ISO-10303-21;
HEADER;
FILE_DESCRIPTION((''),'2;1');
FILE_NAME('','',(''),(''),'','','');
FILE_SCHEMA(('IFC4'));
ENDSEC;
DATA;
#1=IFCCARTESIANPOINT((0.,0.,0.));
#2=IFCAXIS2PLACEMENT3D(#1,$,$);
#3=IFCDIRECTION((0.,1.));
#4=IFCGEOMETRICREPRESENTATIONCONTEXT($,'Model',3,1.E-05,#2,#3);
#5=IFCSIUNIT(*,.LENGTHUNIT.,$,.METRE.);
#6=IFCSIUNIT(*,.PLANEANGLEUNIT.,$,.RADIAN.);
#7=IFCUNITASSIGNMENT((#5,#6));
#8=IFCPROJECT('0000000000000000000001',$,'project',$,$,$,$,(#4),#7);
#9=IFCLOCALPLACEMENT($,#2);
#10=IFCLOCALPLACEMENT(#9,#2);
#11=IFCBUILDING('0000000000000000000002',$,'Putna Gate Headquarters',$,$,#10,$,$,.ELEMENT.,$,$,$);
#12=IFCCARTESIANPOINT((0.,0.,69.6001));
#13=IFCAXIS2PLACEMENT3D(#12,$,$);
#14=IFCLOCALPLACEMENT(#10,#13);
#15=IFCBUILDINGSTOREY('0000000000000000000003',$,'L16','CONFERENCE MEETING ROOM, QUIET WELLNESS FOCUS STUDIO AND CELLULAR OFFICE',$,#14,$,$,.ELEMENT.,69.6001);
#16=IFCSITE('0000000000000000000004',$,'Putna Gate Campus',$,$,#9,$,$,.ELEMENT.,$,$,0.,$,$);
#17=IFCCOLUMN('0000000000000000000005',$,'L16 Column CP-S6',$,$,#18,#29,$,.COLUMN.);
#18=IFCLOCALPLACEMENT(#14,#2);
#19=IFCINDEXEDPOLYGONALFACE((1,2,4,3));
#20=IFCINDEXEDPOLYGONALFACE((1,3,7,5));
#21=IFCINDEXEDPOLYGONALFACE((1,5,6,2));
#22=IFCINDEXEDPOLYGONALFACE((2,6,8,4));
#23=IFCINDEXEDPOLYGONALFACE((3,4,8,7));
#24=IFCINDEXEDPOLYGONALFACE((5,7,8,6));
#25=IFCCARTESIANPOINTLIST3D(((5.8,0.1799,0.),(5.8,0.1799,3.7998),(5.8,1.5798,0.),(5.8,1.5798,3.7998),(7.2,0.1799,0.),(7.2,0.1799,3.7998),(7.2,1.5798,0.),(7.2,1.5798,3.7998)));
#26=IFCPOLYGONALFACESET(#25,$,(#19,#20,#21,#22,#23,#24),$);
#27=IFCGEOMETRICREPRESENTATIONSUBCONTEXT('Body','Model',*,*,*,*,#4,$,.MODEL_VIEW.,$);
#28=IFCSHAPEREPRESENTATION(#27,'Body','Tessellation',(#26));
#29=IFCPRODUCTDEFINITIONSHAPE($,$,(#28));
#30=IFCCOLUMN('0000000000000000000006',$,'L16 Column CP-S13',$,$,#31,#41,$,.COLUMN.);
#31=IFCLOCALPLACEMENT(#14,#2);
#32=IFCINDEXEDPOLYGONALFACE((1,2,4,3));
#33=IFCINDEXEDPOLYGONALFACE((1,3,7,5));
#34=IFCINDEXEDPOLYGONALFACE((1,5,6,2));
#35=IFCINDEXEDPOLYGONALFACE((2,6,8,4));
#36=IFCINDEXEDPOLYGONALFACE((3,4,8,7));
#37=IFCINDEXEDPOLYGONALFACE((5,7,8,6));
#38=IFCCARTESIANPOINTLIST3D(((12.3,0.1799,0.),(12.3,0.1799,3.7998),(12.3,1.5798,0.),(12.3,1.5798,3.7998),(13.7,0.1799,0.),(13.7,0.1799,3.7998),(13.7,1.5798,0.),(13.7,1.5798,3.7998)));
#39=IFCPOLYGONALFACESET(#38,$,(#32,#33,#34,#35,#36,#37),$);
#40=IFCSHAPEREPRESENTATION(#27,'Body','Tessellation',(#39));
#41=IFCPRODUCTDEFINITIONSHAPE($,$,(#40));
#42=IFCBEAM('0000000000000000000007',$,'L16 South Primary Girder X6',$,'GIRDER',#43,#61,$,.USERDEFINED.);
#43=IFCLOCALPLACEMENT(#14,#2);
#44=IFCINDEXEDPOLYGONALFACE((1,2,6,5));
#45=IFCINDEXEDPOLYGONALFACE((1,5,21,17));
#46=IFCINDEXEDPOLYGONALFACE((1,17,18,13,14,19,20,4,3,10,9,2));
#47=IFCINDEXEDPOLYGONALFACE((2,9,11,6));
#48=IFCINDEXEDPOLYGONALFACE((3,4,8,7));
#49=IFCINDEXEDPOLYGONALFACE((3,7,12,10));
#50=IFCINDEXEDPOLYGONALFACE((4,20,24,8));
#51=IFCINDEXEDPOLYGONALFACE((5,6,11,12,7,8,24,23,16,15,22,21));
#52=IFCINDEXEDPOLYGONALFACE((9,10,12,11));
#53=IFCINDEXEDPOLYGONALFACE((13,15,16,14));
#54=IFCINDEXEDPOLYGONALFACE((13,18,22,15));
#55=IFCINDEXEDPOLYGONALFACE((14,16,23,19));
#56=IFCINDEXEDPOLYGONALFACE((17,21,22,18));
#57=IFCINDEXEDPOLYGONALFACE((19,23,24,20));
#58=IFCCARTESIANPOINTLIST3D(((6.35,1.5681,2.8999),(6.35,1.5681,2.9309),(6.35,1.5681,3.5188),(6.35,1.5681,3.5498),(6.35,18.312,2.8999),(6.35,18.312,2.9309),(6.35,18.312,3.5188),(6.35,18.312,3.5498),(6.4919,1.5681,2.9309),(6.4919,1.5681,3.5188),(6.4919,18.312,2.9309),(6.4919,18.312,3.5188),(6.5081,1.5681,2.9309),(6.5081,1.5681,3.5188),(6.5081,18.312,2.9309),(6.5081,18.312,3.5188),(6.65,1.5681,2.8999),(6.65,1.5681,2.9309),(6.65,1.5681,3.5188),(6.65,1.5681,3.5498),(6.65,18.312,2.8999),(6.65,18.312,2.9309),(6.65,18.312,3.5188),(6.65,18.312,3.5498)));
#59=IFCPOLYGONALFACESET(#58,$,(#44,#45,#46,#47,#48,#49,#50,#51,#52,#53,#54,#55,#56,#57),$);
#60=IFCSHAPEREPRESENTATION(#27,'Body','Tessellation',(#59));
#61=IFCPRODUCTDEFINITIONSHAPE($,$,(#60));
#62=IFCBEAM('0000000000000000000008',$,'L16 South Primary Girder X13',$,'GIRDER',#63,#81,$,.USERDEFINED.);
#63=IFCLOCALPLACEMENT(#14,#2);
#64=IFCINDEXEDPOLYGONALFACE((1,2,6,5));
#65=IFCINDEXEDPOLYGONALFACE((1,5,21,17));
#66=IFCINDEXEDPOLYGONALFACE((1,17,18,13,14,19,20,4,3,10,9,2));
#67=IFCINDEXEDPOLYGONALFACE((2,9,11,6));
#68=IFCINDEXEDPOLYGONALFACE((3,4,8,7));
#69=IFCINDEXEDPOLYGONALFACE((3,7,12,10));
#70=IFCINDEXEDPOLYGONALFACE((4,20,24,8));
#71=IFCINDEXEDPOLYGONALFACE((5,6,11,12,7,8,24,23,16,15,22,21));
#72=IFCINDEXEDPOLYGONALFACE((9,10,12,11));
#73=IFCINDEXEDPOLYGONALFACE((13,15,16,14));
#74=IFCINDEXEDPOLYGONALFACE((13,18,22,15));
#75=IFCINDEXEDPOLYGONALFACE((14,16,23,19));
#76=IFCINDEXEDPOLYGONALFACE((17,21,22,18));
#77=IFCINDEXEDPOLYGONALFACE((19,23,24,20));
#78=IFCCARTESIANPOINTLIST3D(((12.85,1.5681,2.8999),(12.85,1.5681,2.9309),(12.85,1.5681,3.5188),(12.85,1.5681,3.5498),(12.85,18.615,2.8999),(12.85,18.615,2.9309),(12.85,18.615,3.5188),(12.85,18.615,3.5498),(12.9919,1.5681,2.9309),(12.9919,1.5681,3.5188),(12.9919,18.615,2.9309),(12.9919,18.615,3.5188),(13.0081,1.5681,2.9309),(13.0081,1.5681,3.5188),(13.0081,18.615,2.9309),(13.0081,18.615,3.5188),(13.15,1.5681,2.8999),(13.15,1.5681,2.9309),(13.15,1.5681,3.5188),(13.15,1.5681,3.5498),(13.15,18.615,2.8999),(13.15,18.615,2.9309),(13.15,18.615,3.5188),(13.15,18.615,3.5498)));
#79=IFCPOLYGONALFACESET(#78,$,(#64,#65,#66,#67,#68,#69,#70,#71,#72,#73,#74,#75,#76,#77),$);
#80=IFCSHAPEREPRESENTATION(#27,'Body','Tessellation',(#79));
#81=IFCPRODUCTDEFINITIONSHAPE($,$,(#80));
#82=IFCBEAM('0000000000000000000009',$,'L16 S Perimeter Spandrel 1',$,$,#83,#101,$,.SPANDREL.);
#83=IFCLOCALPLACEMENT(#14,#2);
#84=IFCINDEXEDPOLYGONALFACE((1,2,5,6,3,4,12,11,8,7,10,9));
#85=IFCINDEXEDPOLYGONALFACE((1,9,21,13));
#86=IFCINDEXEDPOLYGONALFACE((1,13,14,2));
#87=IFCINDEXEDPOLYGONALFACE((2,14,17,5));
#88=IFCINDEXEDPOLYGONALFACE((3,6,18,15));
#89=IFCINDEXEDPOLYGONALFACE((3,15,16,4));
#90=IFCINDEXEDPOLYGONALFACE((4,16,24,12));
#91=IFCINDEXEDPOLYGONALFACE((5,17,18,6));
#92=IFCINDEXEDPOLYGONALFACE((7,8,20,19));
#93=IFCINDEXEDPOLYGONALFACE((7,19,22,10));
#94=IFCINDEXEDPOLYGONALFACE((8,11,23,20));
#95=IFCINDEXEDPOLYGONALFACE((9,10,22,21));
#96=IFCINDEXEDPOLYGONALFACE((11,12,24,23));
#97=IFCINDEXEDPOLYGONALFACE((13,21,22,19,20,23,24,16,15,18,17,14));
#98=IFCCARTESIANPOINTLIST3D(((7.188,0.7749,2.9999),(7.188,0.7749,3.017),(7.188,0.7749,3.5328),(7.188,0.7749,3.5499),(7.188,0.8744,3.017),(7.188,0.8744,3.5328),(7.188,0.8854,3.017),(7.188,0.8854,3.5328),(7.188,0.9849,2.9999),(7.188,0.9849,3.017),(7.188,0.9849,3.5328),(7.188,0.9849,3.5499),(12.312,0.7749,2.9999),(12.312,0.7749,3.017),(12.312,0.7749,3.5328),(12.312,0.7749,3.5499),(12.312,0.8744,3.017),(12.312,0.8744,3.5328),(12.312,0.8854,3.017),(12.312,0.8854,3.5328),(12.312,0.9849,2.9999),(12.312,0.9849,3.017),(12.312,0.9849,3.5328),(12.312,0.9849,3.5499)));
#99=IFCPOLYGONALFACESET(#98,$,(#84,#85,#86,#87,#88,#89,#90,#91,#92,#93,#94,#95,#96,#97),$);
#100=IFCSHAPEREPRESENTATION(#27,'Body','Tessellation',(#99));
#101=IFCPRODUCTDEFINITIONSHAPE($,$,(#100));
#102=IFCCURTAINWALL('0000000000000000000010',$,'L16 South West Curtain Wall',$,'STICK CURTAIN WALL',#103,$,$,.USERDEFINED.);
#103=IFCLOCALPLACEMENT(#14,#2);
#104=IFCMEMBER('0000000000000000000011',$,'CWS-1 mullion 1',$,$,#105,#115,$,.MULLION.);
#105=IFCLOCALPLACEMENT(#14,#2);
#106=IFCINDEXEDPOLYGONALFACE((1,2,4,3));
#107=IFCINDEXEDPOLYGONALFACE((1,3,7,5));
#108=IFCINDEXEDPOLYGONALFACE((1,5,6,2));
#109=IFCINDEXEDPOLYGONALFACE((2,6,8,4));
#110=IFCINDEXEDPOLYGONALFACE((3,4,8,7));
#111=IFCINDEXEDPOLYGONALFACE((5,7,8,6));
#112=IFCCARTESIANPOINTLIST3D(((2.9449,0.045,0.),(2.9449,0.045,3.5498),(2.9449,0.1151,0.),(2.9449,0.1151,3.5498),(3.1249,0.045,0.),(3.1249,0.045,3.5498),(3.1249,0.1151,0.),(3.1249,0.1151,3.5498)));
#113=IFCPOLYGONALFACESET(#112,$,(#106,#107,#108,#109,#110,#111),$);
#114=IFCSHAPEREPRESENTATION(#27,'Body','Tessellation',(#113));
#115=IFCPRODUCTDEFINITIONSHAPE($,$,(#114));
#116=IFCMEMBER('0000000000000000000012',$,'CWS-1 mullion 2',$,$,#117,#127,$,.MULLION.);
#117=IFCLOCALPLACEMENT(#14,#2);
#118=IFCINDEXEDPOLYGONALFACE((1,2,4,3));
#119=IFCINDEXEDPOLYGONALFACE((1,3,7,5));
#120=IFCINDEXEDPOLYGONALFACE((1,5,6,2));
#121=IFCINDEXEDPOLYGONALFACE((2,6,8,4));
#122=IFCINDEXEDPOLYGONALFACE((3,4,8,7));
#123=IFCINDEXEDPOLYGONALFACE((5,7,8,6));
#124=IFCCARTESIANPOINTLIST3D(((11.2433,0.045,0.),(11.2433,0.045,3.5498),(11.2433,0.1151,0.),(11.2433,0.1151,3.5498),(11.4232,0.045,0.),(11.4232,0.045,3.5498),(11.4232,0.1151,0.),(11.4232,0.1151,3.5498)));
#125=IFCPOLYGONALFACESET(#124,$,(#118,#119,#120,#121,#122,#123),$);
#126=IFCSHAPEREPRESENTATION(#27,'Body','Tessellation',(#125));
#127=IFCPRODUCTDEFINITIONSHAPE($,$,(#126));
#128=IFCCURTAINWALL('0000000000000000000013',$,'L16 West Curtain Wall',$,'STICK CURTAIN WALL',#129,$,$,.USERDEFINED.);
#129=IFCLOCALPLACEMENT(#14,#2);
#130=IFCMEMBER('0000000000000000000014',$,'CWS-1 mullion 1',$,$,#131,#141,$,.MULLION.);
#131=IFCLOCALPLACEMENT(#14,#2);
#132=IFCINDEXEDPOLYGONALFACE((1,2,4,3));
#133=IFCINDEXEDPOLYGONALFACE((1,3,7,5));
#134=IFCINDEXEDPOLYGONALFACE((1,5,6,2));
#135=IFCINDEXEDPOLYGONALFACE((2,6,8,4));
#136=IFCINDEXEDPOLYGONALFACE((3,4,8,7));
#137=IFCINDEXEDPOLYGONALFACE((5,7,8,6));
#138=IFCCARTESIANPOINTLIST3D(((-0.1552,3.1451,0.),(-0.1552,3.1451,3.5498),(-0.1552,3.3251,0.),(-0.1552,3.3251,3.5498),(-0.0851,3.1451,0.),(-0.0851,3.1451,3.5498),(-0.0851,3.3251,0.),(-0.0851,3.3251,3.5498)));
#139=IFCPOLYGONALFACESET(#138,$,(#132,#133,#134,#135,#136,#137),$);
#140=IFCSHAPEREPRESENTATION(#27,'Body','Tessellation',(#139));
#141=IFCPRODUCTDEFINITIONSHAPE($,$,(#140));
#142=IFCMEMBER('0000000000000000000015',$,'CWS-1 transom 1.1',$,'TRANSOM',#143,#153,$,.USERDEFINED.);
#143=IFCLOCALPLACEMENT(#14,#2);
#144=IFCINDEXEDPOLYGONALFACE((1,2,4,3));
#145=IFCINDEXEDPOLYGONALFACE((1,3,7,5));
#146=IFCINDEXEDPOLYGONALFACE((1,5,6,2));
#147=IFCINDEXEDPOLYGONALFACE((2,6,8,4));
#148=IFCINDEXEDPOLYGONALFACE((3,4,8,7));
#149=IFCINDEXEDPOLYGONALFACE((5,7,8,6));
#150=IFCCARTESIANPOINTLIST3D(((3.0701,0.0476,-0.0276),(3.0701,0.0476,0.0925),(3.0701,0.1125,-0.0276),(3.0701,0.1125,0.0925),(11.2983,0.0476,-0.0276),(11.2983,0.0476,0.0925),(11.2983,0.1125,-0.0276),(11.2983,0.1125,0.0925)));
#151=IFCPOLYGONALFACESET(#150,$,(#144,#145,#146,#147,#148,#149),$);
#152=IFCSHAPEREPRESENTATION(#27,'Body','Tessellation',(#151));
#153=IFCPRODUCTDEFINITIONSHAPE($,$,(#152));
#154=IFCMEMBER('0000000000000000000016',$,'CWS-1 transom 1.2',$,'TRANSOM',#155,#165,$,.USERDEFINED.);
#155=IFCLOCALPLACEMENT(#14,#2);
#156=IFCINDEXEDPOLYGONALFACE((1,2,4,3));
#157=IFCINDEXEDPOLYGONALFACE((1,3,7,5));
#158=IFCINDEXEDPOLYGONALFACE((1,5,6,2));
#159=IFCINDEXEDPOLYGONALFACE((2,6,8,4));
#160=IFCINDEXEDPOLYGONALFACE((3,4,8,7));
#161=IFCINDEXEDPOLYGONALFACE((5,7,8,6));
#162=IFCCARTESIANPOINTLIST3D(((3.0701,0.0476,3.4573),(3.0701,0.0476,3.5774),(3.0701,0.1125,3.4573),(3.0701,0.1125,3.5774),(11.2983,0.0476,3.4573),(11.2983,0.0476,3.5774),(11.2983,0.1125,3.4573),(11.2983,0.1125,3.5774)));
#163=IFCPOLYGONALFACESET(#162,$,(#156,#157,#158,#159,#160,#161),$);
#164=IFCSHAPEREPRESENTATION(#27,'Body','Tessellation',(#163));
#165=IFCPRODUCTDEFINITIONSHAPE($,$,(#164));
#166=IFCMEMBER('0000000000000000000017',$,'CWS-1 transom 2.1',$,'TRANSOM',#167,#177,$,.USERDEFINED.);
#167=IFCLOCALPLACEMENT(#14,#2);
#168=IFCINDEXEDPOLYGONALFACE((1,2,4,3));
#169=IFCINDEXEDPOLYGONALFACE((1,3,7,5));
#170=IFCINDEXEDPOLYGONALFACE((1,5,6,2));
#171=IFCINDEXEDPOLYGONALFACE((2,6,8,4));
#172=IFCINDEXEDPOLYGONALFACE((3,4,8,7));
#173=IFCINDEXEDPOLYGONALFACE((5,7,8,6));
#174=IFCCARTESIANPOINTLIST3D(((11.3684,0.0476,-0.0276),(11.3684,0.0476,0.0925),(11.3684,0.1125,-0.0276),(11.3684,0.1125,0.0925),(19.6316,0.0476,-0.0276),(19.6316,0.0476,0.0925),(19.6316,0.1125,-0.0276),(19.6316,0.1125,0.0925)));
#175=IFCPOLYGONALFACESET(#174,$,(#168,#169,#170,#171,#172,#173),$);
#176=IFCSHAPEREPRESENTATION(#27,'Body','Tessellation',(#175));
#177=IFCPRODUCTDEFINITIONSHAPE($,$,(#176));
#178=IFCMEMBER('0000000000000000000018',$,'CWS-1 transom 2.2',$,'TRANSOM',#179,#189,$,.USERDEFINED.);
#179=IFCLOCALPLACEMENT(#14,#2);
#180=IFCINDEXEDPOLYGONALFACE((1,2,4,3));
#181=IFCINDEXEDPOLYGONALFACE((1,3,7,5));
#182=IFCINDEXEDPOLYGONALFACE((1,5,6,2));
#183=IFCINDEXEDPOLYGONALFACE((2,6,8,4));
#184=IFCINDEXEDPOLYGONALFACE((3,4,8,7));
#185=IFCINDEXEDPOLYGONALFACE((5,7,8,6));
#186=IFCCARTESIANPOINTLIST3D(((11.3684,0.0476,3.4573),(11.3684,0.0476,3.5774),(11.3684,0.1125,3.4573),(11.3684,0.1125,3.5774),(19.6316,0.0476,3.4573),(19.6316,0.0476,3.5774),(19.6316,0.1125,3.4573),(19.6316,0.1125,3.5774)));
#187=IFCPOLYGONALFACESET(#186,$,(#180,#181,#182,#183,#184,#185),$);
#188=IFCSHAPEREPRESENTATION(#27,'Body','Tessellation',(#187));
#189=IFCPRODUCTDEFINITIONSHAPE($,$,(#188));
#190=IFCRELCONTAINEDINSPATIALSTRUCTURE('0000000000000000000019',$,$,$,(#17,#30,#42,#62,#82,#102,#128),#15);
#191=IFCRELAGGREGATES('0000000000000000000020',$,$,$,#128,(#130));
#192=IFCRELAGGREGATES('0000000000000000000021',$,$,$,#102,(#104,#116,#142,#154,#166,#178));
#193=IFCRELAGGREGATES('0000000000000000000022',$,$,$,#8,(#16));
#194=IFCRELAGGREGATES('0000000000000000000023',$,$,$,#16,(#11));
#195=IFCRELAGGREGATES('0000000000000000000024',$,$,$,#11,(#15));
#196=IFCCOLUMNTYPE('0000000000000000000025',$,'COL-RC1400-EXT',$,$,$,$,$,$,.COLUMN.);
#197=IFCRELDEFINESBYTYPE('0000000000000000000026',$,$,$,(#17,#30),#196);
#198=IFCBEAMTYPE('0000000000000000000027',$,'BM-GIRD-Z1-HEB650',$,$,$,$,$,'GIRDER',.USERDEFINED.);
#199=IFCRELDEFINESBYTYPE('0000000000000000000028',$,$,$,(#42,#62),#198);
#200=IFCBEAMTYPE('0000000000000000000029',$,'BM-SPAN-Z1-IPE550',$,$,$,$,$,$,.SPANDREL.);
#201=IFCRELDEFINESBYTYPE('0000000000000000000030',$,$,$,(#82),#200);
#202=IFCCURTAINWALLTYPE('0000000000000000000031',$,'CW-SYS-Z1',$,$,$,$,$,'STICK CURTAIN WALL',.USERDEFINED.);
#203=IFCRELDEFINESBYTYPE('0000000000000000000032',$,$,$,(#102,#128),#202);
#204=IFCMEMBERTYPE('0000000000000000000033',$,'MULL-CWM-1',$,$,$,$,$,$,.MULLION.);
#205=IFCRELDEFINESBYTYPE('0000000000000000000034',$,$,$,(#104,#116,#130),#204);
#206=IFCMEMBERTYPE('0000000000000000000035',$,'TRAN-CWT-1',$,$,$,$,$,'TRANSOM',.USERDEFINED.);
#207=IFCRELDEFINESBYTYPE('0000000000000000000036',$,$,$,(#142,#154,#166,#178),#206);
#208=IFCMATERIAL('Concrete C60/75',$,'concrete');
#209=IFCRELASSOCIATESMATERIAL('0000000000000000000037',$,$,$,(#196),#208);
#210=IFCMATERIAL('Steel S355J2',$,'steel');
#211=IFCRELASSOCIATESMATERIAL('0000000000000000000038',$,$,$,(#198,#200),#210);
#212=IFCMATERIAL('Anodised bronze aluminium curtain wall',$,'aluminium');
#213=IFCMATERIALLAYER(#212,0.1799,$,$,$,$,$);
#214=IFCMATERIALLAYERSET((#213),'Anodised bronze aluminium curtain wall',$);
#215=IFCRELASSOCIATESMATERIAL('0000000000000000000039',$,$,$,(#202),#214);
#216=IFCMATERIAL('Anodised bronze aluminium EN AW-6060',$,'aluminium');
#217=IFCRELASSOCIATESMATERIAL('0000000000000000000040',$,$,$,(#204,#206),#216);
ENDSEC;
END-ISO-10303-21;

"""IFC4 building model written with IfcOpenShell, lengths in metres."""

from ifc_helpers import new_model, si_unit, direction, frame, origin, origin_2d, place, context, subcontext, project, spatial, rectangle, i_section, extrude, material, layer, layer_set, material_profile, profile_set, type_object, element, aggregate, save


model = new_model("IFC4")

# Units and contexts
model_context = context("Model", 3, precision=1e-05, world=origin(), true_north=direction((0.0, 1.0)))
body_context = subcontext(model_context, "Body", "Model", "MODEL_VIEW")
ifc_project = project(units=[si_unit("LENGTHUNIT", "METRE"), si_unit("PLANEANGLEUNIT", "RADIAN")], contexts=[model_context])

# Site, building, storey
site_placement = place(None, origin())
site = spatial("IfcSite", under=ifc_project, at=site_placement, Name="Putna Gate Campus", CompositionType="ELEMENT", RefElevation=0.0)
building_placement = place(site_placement, origin())
building = spatial("IfcBuilding", under=site, at=building_placement, Name="Putna Gate Headquarters", CompositionType="ELEMENT")
storey_placement = place(building_placement, frame((0.0, 0.0, 69.6001)))
storey = spatial("IfcBuildingStorey", under=building, at=storey_placement, Name="L16", Description="CONFERENCE MEETING ROOM, QUIET WELLNESS FOCUS STUDIO AND CELLULAR OFFICE", CompositionType="ELEMENT", Elevation=69.6001)

# Columns
ifc_material_1 = material(Name="Concrete C60/75", Category="concrete")
ifc_material_profile_1 = material_profile(ifc_material_1, rectangle(XDim=1.3999, YDim=1.3999, at=origin_2d()), Name="Concrete C60/75")
ifc_profile_set_1 = profile_set([ifc_material_profile_1], Name="Concrete C60/75")
column_type = type_object("IfcColumnType", Name="COL-RC1400-EXT", PredefinedType="COLUMN", material=ifc_profile_set_1)
for number, where, z_axis, x_axis, name in (
    (1, (6.5, 0.8799, 0.0), (0.0, 0.0, 1.0), (1.0, 0.0, 0.0), "L16 Column CP-S6"),
    (2, (13.0, 0.8799, 0.0), (0.0, 0.0, 1.0), (1.0, 0.0, 0.0), "L16 Column CP-S13"),
):
    element("IfcColumn", number, at=place(storey_placement, frame(where, z_axis=z_axis, x_axis=x_axis)), inside=storey, type_object=column_type, Name=name, PredefinedType="COLUMN", context=body_context, shape_type="SweptSolid", body=[
        extrude(rectangle(XDim=1.3999, YDim=1.3999, at=origin_2d()), origin(), (0.0, 0.0, 1.0), 3.7998),
    ])

# Beams
ifc_material_2 = material(Name="Steel S355J2", Category="steel")
ifc_material_profile_2 = material_profile(ifc_material_2, i_section(OverallWidth=0.3, OverallDepth=0.6499, WebThickness=0.0161, FlangeThickness=0.031, at=origin_2d()), Name="Steel S355J2")
ifc_profile_set_2 = profile_set([ifc_material_profile_2], Name="Steel S355J2")
beam_type_1 = type_object("IfcBeamType", Name="BM-GIRD-Z1-HEB650", ElementType="GIRDER", PredefinedType="USERDEFINED", material=ifc_profile_set_2)
beam_1_placement = place(storey_placement, frame((6.5, 1.5681, 3.2249), z_axis=(0.0, 1.0, 0.0), x_axis=(-1.0, 0.0, 0.0)))
element("IfcBeam", 3, at=beam_1_placement, inside=storey, type_object=beam_type_1, Name="L16 South Primary Girder X6", ObjectType="GIRDER", PredefinedType="USERDEFINED", context=body_context, shape_type="SweptSolid", body=[
    extrude(i_section(OverallWidth=0.3, OverallDepth=0.6499, WebThickness=0.0161, FlangeThickness=0.031, at=origin_2d()), origin(), (0.0, 0.0, 1.0), 16.7439),
])
beam_2_placement = place(storey_placement, frame((13.0, 1.5681, 3.2249), z_axis=(0.0, 1.0, 0.0), x_axis=(-1.0, 0.0, 0.0)))
element("IfcBeam", 4, at=beam_2_placement, inside=storey, type_object=beam_type_1, Name="L16 South Primary Girder X13", ObjectType="GIRDER", PredefinedType="USERDEFINED", context=body_context, shape_type="SweptSolid", body=[
    extrude(i_section(OverallWidth=0.3, OverallDepth=0.6499, WebThickness=0.0161, FlangeThickness=0.031, at=origin_2d()), origin(), (0.0, 0.0, 1.0), 17.0469),
])
ifc_material_profile_3 = material_profile(ifc_material_2, i_section(OverallWidth=0.21, OverallDepth=0.55, WebThickness=0.011, FlangeThickness=0.0171, at=origin_2d()), Name="Steel S355J2")
ifc_profile_set_3 = profile_set([ifc_material_profile_3], Name="Steel S355J2")
beam_type_2 = type_object("IfcBeamType", Name="BM-SPAN-Z1-IPE550", PredefinedType="SPANDREL", material=ifc_profile_set_3)
beam_3_placement = place(storey_placement, frame((7.188, 0.8799, 3.2749), z_axis=(1.0, 0.0, 0.0), x_axis=(0.0, 1.0, 0.0)))
element("IfcBeam", 5, at=beam_3_placement, inside=storey, type_object=beam_type_2, Name="L16 S Perimeter Spandrel 1", PredefinedType="SPANDREL", context=body_context, shape_type="SweptSolid", body=[
    extrude(i_section(OverallWidth=0.21, OverallDepth=0.55, WebThickness=0.011, FlangeThickness=0.0171, at=origin_2d()), origin(), (0.0, 0.0, 1.0), 5.124),
])

# Curtain wall, members
ifc_material_3 = material(Name="Anodised bronze aluminium curtain wall", Category="aluminium")
ifc_layer_1 = layer(ifc_material_3, 0.1799)
ifc_layer_set_1 = layer_set([ifc_layer_1], Name="Anodised bronze aluminium curtain wall")
curtain_wall_type = type_object("IfcCurtainWallType", Name="CW-SYS-Z1", ElementType="STICK CURTAIN WALL", PredefinedType="USERDEFINED", material=ifc_layer_set_1)
curtain_wall_1_placement = place(storey_placement, origin())
curtain_wall_1 = element("IfcCurtainWall", 6, at=curtain_wall_1_placement, inside=storey, type_object=curtain_wall_type, Name="L16 South West Curtain Wall", ObjectType="STICK CURTAIN WALL", PredefinedType="USERDEFINED")
ifc_material_4 = material(Name="Anodised bronze aluminium EN AW-6060", Category="aluminium")
ifc_material_profile_4 = material_profile(ifc_material_4, rectangle(XDim=0.0701, YDim=0.1799, at=origin_2d()), Name="Anodised bronze aluminium EN AW-6060")
ifc_profile_set_4 = profile_set([ifc_material_profile_4], Name="Anodised bronze aluminium EN AW-6060")
member_type_1 = type_object("IfcMemberType", Name="MULL-CWM-1", PredefinedType="MULLION", material=ifc_profile_set_4)
member_1_placement = place(storey_placement, frame((3.0349, 0.0801, 0.0), z_axis=(0.0, 0.0, 1.0), x_axis=(0.0, 1.0, 0.0)))
member_1 = element("IfcMember", 7, at=member_1_placement, type_object=member_type_1, Name="CWS-1 mullion 1", PredefinedType="MULLION", context=body_context, shape_type="SweptSolid", body=[
    extrude(rectangle(XDim=0.0701, YDim=0.1799, at=origin_2d()), origin(), (0.0, 0.0, 1.0), 3.5498),
])
member_2_placement = place(storey_placement, frame((11.3333, 0.0801, 0.0), z_axis=(0.0, 0.0, 1.0), x_axis=(0.0, 1.0, 0.0)))
member_2 = element("IfcMember", 8, at=member_2_placement, type_object=member_type_1, Name="CWS-1 mullion 2", PredefinedType="MULLION", context=body_context, shape_type="SweptSolid", body=[
    extrude(rectangle(XDim=0.0701, YDim=0.1799, at=origin_2d()), origin(), (0.0, 0.0, 1.0), 3.5498),
])

# Curtain wall, member
curtain_wall_2_placement = place(storey_placement, origin())
curtain_wall_2 = element("IfcCurtainWall", 9, at=curtain_wall_2_placement, inside=storey, type_object=curtain_wall_type, Name="L16 West Curtain Wall", ObjectType="STICK CURTAIN WALL", PredefinedType="USERDEFINED")
member_3_placement = place(storey_placement, frame((-0.1201, 3.2351, 0.0), z_axis=(0.0, 0.0, 1.0), x_axis=(-1.0, 0.0, 0.0)))
member_3 = element("IfcMember", 10, at=member_3_placement, type_object=member_type_1, Name="CWS-1 mullion 1", PredefinedType="MULLION", context=body_context, shape_type="SweptSolid", body=[
    extrude(rectangle(XDim=0.0701, YDim=0.1799, at=origin_2d()), origin(), (0.0, 0.0, 1.0), 3.5498),
])

# Members
ifc_material_profile_5 = material_profile(ifc_material_4, rectangle(XDim=0.0649, YDim=0.1201, at=origin_2d()), Name="Anodised bronze aluminium EN AW-6060")
ifc_profile_set_5 = profile_set([ifc_material_profile_5], Name="Anodised bronze aluminium EN AW-6060")
member_type_2 = type_object("IfcMemberType", Name="TRAN-CWT-1", ElementType="TRANSOM", PredefinedType="USERDEFINED", material=ifc_profile_set_5)
member_4_placement = place(storey_placement, frame((3.0701, 0.0801, 0.0325), z_axis=(1.0, 0.0, 0.0), x_axis=(0.0, 1.0, 0.0)))
member_4 = element("IfcMember", 11, at=member_4_placement, type_object=member_type_2, Name="CWS-1 transom 1.1", ObjectType="TRANSOM", PredefinedType="USERDEFINED", context=body_context, shape_type="SweptSolid", body=[
    extrude(rectangle(XDim=0.0649, YDim=0.1201, at=origin_2d()), origin(), (0.0, 0.0, 1.0), 8.2283),
])
member_5_placement = place(storey_placement, frame((3.0701, 0.0801, 3.5173), z_axis=(1.0, 0.0, 0.0), x_axis=(0.0, 1.0, 0.0)))
member_5 = element("IfcMember", 12, at=member_5_placement, type_object=member_type_2, Name="CWS-1 transom 1.2", ObjectType="TRANSOM", PredefinedType="USERDEFINED", context=body_context, shape_type="SweptSolid", body=[
    extrude(rectangle(XDim=0.0649, YDim=0.1201, at=origin_2d()), origin(), (0.0, 0.0, 1.0), 8.2283),
])
member_6_placement = place(storey_placement, frame((11.3684, 0.0801, 0.0325), z_axis=(1.0, 0.0, 0.0), x_axis=(0.0, 1.0, 0.0)))
member_6 = element("IfcMember", 13, at=member_6_placement, type_object=member_type_2, Name="CWS-1 transom 2.1", ObjectType="TRANSOM", PredefinedType="USERDEFINED", context=body_context, shape_type="SweptSolid", body=[
    extrude(rectangle(XDim=0.0649, YDim=0.1201, at=origin_2d()), origin(), (0.0, 0.0, 1.0), 8.2632),
])
member_7_placement = place(storey_placement, frame((11.3684, 0.0801, 3.5173), z_axis=(1.0, 0.0, 0.0), x_axis=(0.0, 1.0, 0.0)))
member_7 = element("IfcMember", 14, at=member_7_placement, type_object=member_type_2, Name="CWS-1 transom 2.2", ObjectType="TRANSOM", PredefinedType="USERDEFINED", context=body_context, shape_type="SweptSolid", body=[
    extrude(rectangle(XDim=0.0649, YDim=0.1201, at=origin_2d()), origin(), (0.0, 0.0, 1.0), 8.2632),
])
aggregate(curtain_wall_2, [member_3])

aggregate(curtain_wall_1, [member_1, member_2, member_4, member_5, member_6, member_7])

save(model, "model.ifc")
